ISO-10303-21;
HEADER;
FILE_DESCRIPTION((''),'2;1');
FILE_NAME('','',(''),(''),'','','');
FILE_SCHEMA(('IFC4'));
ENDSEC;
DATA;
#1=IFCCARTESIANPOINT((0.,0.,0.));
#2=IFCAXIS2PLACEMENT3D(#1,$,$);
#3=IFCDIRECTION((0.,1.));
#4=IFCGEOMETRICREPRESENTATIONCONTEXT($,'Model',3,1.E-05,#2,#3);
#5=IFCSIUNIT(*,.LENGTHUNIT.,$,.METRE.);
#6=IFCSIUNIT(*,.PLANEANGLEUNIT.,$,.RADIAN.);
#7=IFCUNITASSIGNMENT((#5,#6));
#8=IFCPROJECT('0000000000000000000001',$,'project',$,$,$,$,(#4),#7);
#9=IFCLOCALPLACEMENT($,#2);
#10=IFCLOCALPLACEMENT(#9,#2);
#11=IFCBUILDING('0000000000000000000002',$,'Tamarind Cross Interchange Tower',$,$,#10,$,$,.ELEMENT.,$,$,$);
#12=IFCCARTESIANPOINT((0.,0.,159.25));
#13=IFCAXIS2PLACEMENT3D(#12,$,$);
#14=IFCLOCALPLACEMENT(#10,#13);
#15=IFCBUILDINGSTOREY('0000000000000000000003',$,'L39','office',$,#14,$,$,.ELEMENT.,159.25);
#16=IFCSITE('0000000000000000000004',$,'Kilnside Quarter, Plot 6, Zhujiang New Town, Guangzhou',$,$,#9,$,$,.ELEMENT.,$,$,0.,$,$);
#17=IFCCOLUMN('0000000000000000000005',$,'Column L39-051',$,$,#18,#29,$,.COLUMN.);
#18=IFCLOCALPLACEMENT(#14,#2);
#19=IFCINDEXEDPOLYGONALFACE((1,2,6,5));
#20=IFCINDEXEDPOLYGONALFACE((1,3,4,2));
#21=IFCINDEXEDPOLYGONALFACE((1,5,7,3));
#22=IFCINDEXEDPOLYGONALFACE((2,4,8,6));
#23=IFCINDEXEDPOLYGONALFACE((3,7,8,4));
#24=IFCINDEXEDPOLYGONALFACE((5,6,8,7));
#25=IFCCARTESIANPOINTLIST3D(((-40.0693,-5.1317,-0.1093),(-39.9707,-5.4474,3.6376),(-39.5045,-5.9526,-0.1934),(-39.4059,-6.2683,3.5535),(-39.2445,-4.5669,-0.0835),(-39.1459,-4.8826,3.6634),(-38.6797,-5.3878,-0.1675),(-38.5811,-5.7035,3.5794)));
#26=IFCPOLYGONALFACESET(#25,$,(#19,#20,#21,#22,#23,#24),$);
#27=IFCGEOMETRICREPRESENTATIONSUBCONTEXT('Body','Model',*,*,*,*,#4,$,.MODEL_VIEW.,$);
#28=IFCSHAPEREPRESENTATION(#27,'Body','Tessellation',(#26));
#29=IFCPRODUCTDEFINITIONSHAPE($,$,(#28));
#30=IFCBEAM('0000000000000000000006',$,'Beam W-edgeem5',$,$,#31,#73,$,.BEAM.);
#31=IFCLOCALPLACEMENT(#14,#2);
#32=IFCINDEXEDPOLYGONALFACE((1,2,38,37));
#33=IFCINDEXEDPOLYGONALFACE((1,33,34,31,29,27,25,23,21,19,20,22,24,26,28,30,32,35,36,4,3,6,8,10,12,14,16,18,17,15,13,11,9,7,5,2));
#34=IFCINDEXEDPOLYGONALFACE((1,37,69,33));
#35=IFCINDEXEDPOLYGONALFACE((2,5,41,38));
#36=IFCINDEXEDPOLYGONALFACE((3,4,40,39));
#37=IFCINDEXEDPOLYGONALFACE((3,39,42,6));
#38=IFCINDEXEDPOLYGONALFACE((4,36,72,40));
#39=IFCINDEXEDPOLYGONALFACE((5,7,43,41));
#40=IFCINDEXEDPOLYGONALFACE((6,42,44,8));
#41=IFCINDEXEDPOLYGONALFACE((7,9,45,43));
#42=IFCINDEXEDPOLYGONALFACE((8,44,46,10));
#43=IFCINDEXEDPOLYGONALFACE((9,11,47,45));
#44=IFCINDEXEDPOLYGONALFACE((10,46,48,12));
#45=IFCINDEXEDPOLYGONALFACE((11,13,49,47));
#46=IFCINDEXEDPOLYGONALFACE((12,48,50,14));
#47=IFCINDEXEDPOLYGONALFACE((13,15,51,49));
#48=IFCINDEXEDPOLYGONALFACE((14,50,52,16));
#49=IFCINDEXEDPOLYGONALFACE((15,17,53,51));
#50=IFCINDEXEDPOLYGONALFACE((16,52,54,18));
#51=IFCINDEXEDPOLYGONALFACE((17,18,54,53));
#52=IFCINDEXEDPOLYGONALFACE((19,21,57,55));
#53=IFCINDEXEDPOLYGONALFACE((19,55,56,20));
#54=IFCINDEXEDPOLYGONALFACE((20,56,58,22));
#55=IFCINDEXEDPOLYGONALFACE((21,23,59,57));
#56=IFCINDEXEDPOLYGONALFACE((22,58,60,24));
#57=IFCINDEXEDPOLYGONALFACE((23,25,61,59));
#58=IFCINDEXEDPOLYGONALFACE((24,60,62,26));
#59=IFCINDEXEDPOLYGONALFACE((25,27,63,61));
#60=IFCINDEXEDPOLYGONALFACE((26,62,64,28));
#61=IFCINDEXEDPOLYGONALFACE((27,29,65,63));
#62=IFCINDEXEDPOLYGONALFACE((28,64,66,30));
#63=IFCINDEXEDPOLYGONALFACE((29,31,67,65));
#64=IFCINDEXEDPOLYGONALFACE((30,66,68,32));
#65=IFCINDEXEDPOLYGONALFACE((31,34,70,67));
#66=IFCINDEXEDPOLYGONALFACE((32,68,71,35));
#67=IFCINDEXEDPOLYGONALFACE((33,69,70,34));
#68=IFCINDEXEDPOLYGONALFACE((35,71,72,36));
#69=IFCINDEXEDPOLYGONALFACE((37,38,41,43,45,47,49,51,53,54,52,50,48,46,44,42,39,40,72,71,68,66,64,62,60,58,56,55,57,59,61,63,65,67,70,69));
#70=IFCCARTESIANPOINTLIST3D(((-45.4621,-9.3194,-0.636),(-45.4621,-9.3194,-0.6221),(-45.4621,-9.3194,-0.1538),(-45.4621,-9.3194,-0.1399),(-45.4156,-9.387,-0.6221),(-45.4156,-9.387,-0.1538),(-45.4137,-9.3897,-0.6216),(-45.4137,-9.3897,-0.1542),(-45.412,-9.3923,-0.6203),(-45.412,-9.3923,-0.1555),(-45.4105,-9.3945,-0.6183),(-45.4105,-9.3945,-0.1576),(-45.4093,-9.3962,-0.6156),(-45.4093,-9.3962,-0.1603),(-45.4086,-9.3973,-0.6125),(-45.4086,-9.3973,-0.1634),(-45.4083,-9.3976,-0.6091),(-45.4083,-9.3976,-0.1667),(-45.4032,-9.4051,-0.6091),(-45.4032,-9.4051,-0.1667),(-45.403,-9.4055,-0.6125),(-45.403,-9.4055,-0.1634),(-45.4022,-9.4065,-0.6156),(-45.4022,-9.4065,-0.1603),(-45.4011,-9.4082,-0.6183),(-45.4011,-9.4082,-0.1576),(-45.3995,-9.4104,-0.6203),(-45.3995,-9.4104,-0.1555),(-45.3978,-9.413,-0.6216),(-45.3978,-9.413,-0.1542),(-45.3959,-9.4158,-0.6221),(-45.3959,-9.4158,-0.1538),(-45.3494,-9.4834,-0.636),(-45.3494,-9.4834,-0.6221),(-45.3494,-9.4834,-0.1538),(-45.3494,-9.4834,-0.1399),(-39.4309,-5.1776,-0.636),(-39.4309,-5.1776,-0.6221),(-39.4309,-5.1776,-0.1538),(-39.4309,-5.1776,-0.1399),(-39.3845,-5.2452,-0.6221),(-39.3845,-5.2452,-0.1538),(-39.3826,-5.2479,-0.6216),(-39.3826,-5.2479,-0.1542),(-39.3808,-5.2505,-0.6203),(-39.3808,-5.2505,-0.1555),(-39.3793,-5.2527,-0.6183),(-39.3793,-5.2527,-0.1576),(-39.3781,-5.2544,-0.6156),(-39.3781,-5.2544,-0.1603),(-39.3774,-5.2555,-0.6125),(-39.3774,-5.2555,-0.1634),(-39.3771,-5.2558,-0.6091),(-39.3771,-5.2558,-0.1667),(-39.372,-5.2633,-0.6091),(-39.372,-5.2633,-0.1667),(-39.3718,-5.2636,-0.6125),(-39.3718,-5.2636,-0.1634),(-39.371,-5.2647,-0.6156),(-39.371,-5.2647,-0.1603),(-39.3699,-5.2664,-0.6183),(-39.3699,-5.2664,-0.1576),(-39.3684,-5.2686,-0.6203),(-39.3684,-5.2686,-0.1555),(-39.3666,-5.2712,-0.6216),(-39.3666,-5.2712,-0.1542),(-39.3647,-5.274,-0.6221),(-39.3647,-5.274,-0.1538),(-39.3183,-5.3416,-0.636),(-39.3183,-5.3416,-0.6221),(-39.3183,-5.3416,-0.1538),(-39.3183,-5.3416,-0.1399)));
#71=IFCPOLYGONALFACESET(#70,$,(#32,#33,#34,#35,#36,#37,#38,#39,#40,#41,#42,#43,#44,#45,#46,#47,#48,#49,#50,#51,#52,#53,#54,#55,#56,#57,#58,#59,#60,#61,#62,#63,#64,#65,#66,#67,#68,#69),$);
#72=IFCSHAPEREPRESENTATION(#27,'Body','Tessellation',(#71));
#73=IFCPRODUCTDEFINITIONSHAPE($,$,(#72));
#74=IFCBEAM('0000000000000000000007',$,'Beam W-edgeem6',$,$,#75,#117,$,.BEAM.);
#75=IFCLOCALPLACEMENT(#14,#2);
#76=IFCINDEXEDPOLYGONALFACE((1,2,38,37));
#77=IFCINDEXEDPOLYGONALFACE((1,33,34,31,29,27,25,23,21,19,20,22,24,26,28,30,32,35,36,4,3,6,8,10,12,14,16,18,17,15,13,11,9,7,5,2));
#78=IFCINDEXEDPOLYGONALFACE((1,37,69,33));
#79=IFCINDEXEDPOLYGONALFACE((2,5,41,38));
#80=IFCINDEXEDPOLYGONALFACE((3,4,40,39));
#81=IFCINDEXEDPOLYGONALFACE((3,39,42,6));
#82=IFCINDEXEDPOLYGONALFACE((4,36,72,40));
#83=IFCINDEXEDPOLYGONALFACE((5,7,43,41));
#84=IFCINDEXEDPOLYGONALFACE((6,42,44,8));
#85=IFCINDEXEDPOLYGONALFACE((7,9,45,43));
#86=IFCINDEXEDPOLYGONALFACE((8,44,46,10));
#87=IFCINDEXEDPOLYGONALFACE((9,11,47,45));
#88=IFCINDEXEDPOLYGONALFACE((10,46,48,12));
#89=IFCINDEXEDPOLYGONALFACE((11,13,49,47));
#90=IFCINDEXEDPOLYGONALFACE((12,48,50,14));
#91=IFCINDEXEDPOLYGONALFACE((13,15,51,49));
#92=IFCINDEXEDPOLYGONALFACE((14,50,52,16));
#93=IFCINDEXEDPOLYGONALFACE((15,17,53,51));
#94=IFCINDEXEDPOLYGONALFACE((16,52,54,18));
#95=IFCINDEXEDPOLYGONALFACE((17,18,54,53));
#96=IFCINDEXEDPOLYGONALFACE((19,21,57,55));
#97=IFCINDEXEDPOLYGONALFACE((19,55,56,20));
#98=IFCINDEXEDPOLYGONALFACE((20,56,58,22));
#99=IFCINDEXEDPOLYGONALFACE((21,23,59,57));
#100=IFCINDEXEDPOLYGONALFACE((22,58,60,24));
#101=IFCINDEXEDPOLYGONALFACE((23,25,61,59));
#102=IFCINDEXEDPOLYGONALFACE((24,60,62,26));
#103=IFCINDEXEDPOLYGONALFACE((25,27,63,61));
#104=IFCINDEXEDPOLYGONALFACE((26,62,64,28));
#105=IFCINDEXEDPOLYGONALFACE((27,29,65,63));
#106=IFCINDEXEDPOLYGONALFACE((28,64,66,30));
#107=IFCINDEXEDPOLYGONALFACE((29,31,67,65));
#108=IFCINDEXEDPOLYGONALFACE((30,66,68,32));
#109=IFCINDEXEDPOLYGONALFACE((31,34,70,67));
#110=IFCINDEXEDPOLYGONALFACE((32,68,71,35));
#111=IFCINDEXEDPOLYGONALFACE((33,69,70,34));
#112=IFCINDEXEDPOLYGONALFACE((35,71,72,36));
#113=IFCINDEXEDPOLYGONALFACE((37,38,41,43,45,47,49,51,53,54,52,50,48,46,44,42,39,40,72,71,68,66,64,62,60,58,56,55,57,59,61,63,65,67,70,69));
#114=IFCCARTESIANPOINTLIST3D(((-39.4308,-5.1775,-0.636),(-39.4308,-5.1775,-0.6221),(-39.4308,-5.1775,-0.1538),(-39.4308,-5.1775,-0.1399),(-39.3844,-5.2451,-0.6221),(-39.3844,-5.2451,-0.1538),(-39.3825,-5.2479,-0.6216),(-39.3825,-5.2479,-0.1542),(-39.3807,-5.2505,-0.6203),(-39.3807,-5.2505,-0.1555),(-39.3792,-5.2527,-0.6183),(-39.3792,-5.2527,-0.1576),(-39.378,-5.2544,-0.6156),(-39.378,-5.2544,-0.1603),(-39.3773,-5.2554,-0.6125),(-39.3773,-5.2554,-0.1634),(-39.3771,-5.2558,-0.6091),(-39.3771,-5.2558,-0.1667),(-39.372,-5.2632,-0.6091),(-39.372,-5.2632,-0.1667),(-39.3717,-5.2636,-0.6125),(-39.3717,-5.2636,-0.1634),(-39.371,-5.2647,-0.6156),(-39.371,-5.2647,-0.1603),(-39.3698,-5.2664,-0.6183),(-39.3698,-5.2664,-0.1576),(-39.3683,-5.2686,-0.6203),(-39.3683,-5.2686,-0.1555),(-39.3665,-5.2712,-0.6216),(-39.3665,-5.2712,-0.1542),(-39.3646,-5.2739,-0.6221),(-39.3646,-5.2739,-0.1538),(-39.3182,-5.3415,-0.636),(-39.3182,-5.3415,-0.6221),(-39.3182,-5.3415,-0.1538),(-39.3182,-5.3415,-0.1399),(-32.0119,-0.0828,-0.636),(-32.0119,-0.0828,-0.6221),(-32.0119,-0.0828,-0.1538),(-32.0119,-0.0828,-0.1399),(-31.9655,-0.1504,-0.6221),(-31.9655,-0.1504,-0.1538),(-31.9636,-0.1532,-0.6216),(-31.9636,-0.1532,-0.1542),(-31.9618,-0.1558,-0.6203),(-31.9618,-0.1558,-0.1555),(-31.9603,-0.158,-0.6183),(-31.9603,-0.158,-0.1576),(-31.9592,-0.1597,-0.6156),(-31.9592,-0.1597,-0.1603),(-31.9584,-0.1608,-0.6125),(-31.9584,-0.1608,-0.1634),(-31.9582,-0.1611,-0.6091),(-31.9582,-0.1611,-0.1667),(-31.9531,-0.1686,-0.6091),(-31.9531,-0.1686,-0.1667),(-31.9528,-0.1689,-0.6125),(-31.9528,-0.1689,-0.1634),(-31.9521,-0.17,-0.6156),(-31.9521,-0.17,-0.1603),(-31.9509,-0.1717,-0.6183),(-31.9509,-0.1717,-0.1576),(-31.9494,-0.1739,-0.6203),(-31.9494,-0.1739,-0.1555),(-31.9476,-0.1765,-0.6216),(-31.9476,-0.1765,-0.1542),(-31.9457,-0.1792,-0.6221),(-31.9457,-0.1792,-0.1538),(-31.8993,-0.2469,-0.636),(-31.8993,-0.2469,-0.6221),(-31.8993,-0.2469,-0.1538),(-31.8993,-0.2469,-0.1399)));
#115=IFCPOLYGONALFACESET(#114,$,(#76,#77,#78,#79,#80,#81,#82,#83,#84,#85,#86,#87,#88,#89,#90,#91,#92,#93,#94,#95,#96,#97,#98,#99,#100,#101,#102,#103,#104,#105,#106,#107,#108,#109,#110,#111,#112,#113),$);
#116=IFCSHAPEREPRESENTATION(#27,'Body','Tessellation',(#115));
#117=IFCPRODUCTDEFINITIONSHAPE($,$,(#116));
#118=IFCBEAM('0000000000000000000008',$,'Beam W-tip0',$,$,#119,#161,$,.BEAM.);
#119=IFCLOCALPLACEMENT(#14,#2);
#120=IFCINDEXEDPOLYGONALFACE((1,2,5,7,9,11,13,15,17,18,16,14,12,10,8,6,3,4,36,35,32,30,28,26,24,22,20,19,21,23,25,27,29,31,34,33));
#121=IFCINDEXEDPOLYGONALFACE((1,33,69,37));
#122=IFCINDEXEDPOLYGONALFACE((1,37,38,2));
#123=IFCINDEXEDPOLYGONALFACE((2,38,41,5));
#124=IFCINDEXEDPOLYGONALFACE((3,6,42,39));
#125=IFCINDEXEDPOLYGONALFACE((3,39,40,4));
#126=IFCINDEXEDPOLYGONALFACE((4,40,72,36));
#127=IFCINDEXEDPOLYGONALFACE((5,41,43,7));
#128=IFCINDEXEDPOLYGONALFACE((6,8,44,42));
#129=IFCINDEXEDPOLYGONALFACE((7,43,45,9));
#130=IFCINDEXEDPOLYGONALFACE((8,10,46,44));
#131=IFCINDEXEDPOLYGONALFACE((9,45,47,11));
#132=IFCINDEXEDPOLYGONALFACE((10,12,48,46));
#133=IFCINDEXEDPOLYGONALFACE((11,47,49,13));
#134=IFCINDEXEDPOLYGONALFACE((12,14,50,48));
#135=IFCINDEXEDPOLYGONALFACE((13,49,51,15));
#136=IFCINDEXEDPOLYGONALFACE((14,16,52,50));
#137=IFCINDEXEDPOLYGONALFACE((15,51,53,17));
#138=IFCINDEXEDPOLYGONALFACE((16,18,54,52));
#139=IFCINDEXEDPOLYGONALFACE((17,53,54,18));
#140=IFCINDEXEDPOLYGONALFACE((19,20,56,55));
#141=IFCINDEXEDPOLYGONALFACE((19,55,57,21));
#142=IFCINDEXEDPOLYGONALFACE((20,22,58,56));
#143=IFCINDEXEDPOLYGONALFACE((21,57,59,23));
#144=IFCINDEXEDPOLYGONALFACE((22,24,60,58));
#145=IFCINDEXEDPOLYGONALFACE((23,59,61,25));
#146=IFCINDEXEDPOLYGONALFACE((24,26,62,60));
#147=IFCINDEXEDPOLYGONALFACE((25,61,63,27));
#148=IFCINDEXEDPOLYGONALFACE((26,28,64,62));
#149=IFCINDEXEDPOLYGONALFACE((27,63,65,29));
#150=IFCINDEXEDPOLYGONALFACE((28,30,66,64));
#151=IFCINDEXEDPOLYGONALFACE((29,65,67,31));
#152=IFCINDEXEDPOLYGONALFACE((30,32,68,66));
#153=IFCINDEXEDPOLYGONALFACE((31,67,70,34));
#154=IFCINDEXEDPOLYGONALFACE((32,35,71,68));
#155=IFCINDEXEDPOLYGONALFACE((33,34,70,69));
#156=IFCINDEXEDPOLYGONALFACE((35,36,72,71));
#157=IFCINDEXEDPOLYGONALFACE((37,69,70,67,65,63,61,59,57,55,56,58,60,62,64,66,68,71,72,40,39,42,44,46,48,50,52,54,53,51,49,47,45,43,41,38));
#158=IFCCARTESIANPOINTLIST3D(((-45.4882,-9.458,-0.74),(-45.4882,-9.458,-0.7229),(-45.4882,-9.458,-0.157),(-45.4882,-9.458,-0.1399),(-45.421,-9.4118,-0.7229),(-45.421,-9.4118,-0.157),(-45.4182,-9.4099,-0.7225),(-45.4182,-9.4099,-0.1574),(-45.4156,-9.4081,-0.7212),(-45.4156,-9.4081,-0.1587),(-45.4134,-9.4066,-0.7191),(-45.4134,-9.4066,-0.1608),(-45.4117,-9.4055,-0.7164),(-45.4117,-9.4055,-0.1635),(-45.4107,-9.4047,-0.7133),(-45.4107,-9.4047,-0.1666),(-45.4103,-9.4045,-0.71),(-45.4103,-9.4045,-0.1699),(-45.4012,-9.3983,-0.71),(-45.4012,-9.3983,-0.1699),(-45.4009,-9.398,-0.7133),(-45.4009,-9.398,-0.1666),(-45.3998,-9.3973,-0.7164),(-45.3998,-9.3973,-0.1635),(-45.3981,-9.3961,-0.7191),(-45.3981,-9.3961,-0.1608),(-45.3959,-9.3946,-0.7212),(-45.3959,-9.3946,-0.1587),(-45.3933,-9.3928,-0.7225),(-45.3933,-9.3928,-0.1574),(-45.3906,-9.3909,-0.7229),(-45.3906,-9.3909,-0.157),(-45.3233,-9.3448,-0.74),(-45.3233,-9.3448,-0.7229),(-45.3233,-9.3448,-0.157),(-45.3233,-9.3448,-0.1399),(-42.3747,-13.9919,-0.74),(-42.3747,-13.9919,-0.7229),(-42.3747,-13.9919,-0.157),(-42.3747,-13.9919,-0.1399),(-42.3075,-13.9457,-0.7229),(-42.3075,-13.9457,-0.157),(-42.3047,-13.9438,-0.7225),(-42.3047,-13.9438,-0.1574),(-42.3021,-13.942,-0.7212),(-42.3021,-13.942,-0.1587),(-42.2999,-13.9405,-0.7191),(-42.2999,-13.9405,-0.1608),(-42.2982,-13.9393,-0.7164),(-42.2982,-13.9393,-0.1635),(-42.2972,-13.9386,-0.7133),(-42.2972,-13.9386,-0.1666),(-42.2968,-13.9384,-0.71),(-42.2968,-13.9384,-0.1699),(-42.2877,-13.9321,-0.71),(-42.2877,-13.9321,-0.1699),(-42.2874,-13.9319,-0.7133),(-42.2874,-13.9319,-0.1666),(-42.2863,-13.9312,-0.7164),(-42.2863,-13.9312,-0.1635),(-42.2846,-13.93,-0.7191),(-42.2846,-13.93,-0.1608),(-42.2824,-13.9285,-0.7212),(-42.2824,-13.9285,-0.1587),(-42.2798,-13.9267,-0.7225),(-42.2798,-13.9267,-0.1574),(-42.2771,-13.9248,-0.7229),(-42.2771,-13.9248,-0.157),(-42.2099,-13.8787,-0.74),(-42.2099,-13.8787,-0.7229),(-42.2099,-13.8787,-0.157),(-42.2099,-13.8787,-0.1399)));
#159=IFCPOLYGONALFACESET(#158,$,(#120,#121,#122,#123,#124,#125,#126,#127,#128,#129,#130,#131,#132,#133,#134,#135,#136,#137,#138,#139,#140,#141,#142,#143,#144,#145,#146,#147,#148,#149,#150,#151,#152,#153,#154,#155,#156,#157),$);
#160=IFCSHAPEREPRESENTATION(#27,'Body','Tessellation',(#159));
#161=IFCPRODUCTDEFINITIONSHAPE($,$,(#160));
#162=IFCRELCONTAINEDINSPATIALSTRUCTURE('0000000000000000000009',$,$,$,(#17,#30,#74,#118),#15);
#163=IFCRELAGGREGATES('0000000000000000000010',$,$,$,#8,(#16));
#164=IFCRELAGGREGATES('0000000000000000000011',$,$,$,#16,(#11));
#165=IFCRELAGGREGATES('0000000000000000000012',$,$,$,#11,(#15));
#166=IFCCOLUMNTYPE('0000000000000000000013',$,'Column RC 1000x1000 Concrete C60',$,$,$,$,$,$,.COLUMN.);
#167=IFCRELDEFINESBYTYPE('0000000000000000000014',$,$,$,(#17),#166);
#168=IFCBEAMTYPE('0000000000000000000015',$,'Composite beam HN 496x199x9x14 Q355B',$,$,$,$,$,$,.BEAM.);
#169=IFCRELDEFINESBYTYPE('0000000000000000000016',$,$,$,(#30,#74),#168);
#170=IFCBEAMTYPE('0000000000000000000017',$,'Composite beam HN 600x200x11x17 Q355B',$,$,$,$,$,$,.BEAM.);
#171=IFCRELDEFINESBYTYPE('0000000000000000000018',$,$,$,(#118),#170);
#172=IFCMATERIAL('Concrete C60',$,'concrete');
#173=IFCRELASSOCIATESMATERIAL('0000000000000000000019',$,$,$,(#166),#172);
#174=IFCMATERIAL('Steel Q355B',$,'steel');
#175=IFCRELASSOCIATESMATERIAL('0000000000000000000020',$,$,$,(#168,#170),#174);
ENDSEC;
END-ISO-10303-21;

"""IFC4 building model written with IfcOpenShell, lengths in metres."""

from ifc_helpers import new_model, si_unit, direction, frame, origin, origin_2d, place, context, subcontext, project, spatial, rectangle, i_section, extrude, material, material_profile, profile_set, type_object, element, save


model = new_model("IFC4")

# Units and contexts
model_context = context("Model", 3, precision=1e-05, world=origin(), true_north=direction((0.0, 1.0)))
body_context = subcontext(model_context, "Body", "Model", "MODEL_VIEW")
ifc_project = project(units=[si_unit("LENGTHUNIT", "METRE"), si_unit("PLANEANGLEUNIT", "RADIAN")], contexts=[model_context])

# Site, building, storey
site_placement = place(None, origin())
site = spatial("IfcSite", under=ifc_project, at=site_placement, Name="Kilnside Quarter, Plot 6, Zhujiang New Town, Guangzhou", CompositionType="ELEMENT", RefElevation=0.0)
building_placement = place(site_placement, origin())
building = spatial("IfcBuilding", under=site, at=building_placement, Name="Tamarind Cross Interchange Tower", CompositionType="ELEMENT")
storey_placement = place(building_placement, frame((0.0, 0.0, 159.25)))
storey = spatial("IfcBuildingStorey", under=building, at=storey_placement, Name="L39", Description="office", CompositionType="ELEMENT", Elevation=159.25)

# Column
ifc_material_1 = material(Name="Concrete C60", Category="concrete")
ifc_material_profile_1 = material_profile(ifc_material_1, rectangle(XDim=1.0, YDim=1.0, at=origin_2d()), Name="RC 1000x1000")
ifc_profile_set_1 = profile_set([ifc_material_profile_1], Name="Concrete C60")
column_type = type_object("IfcColumnType", Name="Column RC 1000x1000 Concrete C60", PredefinedType="COLUMN", material=ifc_profile_set_1)
column_placement = place(storey_placement, frame((-39.3745, -5.2598, -0.1384), z_axis=(0.026222, -0.083925, 0.996127), x_axis=(0.824806, 0.564823, 0.025874)))
element("IfcColumn", 1, at=column_placement, inside=storey, type_object=column_type, Name="Column L39-051", PredefinedType="COLUMN", context=body_context, shape_type="SweptSolid", body=[
    extrude(rectangle(XDim=1.0, YDim=1.0, at=origin_2d()), origin(), (0.0, 0.0, 1.0), 3.7615),
])

# Beams
ifc_material_2 = material(Name="Steel Q355B", Category="steel")
ifc_material_profile_2 = material_profile(ifc_material_2, i_section(OverallWidth=0.199, OverallDepth=0.4961, WebThickness=0.009, FlangeThickness=0.0139, FilletRadius=0.0129, at=origin_2d()), Name="HN 496x199x9x14")
ifc_profile_set_2 = profile_set([ifc_material_profile_2], Name="Steel Q355B")
beam_type_1 = type_object("IfcBeamType", Name="Composite beam HN 496x199x9x14 Q355B", PredefinedType="BEAM", material=ifc_profile_set_2)
beam_1_placement = place(storey_placement, frame((-45.4058, -9.4014, -0.3879), z_axis=(0.824338, 0.566098, 0.0), x_axis=(-0.566098, 0.824338, 0.0)))
element("IfcBeam", 2, at=beam_1_placement, inside=storey, type_object=beam_type_1, Name="Beam W-edgeem5", PredefinedType="BEAM", context=body_context, shape_type="SweptSolid", body=[
    extrude(i_section(OverallWidth=0.199, OverallDepth=0.4961, WebThickness=0.009, FlangeThickness=0.0139, FilletRadius=0.0129, at=origin_2d()), origin(), (0.0, 0.0, 1.0), 7.3164),
])
beam_2_placement = place(storey_placement, frame((-39.3745, -5.2595, -0.3879), z_axis=(0.824343, 0.566091, 0.0), x_axis=(-0.566091, 0.824343, 0.0)))
element("IfcBeam", 3, at=beam_2_placement, inside=storey, type_object=beam_type_1, Name="Beam W-edgeem6", PredefinedType="BEAM", context=body_context, shape_type="SweptSolid", body=[
    extrude(i_section(OverallWidth=0.199, OverallDepth=0.4961, WebThickness=0.009, FlangeThickness=0.0139, FilletRadius=0.0129, at=origin_2d()), origin(), (0.0, 0.0, 1.0), 8.9998),
])
ifc_material_profile_3 = material_profile(ifc_material_2, i_section(OverallWidth=0.2, OverallDepth=0.6001, WebThickness=0.011, FlangeThickness=0.0171, FilletRadius=0.0129, at=origin_2d()), Name="HN 600x200x11x17")
ifc_profile_set_3 = profile_set([ifc_material_profile_3], Name="Steel Q355B")
beam_type_2 = type_object("IfcBeamType", Name="Composite beam HN 600x200x11x17 Q355B", PredefinedType="BEAM", material=ifc_profile_set_3)
beam_3_placement = place(storey_placement, frame((-45.4058, -9.4014, -0.4399), z_axis=(0.56609, -0.824344, 0.0), x_axis=(0.824344, 0.56609, 0.0)))
element("IfcBeam", 4, at=beam_3_placement, inside=storey, type_object=beam_type_2, Name="Beam W-tip0", PredefinedType="BEAM", context=body_context, shape_type="SweptSolid", body=[
    extrude(i_section(OverallWidth=0.2, OverallDepth=0.6001, WebThickness=0.011, FlangeThickness=0.0171, FilletRadius=0.0129, at=origin_2d()), origin(), (0.0, 0.0, 1.0), 5.5),
])

save(model, "model.ifc")
